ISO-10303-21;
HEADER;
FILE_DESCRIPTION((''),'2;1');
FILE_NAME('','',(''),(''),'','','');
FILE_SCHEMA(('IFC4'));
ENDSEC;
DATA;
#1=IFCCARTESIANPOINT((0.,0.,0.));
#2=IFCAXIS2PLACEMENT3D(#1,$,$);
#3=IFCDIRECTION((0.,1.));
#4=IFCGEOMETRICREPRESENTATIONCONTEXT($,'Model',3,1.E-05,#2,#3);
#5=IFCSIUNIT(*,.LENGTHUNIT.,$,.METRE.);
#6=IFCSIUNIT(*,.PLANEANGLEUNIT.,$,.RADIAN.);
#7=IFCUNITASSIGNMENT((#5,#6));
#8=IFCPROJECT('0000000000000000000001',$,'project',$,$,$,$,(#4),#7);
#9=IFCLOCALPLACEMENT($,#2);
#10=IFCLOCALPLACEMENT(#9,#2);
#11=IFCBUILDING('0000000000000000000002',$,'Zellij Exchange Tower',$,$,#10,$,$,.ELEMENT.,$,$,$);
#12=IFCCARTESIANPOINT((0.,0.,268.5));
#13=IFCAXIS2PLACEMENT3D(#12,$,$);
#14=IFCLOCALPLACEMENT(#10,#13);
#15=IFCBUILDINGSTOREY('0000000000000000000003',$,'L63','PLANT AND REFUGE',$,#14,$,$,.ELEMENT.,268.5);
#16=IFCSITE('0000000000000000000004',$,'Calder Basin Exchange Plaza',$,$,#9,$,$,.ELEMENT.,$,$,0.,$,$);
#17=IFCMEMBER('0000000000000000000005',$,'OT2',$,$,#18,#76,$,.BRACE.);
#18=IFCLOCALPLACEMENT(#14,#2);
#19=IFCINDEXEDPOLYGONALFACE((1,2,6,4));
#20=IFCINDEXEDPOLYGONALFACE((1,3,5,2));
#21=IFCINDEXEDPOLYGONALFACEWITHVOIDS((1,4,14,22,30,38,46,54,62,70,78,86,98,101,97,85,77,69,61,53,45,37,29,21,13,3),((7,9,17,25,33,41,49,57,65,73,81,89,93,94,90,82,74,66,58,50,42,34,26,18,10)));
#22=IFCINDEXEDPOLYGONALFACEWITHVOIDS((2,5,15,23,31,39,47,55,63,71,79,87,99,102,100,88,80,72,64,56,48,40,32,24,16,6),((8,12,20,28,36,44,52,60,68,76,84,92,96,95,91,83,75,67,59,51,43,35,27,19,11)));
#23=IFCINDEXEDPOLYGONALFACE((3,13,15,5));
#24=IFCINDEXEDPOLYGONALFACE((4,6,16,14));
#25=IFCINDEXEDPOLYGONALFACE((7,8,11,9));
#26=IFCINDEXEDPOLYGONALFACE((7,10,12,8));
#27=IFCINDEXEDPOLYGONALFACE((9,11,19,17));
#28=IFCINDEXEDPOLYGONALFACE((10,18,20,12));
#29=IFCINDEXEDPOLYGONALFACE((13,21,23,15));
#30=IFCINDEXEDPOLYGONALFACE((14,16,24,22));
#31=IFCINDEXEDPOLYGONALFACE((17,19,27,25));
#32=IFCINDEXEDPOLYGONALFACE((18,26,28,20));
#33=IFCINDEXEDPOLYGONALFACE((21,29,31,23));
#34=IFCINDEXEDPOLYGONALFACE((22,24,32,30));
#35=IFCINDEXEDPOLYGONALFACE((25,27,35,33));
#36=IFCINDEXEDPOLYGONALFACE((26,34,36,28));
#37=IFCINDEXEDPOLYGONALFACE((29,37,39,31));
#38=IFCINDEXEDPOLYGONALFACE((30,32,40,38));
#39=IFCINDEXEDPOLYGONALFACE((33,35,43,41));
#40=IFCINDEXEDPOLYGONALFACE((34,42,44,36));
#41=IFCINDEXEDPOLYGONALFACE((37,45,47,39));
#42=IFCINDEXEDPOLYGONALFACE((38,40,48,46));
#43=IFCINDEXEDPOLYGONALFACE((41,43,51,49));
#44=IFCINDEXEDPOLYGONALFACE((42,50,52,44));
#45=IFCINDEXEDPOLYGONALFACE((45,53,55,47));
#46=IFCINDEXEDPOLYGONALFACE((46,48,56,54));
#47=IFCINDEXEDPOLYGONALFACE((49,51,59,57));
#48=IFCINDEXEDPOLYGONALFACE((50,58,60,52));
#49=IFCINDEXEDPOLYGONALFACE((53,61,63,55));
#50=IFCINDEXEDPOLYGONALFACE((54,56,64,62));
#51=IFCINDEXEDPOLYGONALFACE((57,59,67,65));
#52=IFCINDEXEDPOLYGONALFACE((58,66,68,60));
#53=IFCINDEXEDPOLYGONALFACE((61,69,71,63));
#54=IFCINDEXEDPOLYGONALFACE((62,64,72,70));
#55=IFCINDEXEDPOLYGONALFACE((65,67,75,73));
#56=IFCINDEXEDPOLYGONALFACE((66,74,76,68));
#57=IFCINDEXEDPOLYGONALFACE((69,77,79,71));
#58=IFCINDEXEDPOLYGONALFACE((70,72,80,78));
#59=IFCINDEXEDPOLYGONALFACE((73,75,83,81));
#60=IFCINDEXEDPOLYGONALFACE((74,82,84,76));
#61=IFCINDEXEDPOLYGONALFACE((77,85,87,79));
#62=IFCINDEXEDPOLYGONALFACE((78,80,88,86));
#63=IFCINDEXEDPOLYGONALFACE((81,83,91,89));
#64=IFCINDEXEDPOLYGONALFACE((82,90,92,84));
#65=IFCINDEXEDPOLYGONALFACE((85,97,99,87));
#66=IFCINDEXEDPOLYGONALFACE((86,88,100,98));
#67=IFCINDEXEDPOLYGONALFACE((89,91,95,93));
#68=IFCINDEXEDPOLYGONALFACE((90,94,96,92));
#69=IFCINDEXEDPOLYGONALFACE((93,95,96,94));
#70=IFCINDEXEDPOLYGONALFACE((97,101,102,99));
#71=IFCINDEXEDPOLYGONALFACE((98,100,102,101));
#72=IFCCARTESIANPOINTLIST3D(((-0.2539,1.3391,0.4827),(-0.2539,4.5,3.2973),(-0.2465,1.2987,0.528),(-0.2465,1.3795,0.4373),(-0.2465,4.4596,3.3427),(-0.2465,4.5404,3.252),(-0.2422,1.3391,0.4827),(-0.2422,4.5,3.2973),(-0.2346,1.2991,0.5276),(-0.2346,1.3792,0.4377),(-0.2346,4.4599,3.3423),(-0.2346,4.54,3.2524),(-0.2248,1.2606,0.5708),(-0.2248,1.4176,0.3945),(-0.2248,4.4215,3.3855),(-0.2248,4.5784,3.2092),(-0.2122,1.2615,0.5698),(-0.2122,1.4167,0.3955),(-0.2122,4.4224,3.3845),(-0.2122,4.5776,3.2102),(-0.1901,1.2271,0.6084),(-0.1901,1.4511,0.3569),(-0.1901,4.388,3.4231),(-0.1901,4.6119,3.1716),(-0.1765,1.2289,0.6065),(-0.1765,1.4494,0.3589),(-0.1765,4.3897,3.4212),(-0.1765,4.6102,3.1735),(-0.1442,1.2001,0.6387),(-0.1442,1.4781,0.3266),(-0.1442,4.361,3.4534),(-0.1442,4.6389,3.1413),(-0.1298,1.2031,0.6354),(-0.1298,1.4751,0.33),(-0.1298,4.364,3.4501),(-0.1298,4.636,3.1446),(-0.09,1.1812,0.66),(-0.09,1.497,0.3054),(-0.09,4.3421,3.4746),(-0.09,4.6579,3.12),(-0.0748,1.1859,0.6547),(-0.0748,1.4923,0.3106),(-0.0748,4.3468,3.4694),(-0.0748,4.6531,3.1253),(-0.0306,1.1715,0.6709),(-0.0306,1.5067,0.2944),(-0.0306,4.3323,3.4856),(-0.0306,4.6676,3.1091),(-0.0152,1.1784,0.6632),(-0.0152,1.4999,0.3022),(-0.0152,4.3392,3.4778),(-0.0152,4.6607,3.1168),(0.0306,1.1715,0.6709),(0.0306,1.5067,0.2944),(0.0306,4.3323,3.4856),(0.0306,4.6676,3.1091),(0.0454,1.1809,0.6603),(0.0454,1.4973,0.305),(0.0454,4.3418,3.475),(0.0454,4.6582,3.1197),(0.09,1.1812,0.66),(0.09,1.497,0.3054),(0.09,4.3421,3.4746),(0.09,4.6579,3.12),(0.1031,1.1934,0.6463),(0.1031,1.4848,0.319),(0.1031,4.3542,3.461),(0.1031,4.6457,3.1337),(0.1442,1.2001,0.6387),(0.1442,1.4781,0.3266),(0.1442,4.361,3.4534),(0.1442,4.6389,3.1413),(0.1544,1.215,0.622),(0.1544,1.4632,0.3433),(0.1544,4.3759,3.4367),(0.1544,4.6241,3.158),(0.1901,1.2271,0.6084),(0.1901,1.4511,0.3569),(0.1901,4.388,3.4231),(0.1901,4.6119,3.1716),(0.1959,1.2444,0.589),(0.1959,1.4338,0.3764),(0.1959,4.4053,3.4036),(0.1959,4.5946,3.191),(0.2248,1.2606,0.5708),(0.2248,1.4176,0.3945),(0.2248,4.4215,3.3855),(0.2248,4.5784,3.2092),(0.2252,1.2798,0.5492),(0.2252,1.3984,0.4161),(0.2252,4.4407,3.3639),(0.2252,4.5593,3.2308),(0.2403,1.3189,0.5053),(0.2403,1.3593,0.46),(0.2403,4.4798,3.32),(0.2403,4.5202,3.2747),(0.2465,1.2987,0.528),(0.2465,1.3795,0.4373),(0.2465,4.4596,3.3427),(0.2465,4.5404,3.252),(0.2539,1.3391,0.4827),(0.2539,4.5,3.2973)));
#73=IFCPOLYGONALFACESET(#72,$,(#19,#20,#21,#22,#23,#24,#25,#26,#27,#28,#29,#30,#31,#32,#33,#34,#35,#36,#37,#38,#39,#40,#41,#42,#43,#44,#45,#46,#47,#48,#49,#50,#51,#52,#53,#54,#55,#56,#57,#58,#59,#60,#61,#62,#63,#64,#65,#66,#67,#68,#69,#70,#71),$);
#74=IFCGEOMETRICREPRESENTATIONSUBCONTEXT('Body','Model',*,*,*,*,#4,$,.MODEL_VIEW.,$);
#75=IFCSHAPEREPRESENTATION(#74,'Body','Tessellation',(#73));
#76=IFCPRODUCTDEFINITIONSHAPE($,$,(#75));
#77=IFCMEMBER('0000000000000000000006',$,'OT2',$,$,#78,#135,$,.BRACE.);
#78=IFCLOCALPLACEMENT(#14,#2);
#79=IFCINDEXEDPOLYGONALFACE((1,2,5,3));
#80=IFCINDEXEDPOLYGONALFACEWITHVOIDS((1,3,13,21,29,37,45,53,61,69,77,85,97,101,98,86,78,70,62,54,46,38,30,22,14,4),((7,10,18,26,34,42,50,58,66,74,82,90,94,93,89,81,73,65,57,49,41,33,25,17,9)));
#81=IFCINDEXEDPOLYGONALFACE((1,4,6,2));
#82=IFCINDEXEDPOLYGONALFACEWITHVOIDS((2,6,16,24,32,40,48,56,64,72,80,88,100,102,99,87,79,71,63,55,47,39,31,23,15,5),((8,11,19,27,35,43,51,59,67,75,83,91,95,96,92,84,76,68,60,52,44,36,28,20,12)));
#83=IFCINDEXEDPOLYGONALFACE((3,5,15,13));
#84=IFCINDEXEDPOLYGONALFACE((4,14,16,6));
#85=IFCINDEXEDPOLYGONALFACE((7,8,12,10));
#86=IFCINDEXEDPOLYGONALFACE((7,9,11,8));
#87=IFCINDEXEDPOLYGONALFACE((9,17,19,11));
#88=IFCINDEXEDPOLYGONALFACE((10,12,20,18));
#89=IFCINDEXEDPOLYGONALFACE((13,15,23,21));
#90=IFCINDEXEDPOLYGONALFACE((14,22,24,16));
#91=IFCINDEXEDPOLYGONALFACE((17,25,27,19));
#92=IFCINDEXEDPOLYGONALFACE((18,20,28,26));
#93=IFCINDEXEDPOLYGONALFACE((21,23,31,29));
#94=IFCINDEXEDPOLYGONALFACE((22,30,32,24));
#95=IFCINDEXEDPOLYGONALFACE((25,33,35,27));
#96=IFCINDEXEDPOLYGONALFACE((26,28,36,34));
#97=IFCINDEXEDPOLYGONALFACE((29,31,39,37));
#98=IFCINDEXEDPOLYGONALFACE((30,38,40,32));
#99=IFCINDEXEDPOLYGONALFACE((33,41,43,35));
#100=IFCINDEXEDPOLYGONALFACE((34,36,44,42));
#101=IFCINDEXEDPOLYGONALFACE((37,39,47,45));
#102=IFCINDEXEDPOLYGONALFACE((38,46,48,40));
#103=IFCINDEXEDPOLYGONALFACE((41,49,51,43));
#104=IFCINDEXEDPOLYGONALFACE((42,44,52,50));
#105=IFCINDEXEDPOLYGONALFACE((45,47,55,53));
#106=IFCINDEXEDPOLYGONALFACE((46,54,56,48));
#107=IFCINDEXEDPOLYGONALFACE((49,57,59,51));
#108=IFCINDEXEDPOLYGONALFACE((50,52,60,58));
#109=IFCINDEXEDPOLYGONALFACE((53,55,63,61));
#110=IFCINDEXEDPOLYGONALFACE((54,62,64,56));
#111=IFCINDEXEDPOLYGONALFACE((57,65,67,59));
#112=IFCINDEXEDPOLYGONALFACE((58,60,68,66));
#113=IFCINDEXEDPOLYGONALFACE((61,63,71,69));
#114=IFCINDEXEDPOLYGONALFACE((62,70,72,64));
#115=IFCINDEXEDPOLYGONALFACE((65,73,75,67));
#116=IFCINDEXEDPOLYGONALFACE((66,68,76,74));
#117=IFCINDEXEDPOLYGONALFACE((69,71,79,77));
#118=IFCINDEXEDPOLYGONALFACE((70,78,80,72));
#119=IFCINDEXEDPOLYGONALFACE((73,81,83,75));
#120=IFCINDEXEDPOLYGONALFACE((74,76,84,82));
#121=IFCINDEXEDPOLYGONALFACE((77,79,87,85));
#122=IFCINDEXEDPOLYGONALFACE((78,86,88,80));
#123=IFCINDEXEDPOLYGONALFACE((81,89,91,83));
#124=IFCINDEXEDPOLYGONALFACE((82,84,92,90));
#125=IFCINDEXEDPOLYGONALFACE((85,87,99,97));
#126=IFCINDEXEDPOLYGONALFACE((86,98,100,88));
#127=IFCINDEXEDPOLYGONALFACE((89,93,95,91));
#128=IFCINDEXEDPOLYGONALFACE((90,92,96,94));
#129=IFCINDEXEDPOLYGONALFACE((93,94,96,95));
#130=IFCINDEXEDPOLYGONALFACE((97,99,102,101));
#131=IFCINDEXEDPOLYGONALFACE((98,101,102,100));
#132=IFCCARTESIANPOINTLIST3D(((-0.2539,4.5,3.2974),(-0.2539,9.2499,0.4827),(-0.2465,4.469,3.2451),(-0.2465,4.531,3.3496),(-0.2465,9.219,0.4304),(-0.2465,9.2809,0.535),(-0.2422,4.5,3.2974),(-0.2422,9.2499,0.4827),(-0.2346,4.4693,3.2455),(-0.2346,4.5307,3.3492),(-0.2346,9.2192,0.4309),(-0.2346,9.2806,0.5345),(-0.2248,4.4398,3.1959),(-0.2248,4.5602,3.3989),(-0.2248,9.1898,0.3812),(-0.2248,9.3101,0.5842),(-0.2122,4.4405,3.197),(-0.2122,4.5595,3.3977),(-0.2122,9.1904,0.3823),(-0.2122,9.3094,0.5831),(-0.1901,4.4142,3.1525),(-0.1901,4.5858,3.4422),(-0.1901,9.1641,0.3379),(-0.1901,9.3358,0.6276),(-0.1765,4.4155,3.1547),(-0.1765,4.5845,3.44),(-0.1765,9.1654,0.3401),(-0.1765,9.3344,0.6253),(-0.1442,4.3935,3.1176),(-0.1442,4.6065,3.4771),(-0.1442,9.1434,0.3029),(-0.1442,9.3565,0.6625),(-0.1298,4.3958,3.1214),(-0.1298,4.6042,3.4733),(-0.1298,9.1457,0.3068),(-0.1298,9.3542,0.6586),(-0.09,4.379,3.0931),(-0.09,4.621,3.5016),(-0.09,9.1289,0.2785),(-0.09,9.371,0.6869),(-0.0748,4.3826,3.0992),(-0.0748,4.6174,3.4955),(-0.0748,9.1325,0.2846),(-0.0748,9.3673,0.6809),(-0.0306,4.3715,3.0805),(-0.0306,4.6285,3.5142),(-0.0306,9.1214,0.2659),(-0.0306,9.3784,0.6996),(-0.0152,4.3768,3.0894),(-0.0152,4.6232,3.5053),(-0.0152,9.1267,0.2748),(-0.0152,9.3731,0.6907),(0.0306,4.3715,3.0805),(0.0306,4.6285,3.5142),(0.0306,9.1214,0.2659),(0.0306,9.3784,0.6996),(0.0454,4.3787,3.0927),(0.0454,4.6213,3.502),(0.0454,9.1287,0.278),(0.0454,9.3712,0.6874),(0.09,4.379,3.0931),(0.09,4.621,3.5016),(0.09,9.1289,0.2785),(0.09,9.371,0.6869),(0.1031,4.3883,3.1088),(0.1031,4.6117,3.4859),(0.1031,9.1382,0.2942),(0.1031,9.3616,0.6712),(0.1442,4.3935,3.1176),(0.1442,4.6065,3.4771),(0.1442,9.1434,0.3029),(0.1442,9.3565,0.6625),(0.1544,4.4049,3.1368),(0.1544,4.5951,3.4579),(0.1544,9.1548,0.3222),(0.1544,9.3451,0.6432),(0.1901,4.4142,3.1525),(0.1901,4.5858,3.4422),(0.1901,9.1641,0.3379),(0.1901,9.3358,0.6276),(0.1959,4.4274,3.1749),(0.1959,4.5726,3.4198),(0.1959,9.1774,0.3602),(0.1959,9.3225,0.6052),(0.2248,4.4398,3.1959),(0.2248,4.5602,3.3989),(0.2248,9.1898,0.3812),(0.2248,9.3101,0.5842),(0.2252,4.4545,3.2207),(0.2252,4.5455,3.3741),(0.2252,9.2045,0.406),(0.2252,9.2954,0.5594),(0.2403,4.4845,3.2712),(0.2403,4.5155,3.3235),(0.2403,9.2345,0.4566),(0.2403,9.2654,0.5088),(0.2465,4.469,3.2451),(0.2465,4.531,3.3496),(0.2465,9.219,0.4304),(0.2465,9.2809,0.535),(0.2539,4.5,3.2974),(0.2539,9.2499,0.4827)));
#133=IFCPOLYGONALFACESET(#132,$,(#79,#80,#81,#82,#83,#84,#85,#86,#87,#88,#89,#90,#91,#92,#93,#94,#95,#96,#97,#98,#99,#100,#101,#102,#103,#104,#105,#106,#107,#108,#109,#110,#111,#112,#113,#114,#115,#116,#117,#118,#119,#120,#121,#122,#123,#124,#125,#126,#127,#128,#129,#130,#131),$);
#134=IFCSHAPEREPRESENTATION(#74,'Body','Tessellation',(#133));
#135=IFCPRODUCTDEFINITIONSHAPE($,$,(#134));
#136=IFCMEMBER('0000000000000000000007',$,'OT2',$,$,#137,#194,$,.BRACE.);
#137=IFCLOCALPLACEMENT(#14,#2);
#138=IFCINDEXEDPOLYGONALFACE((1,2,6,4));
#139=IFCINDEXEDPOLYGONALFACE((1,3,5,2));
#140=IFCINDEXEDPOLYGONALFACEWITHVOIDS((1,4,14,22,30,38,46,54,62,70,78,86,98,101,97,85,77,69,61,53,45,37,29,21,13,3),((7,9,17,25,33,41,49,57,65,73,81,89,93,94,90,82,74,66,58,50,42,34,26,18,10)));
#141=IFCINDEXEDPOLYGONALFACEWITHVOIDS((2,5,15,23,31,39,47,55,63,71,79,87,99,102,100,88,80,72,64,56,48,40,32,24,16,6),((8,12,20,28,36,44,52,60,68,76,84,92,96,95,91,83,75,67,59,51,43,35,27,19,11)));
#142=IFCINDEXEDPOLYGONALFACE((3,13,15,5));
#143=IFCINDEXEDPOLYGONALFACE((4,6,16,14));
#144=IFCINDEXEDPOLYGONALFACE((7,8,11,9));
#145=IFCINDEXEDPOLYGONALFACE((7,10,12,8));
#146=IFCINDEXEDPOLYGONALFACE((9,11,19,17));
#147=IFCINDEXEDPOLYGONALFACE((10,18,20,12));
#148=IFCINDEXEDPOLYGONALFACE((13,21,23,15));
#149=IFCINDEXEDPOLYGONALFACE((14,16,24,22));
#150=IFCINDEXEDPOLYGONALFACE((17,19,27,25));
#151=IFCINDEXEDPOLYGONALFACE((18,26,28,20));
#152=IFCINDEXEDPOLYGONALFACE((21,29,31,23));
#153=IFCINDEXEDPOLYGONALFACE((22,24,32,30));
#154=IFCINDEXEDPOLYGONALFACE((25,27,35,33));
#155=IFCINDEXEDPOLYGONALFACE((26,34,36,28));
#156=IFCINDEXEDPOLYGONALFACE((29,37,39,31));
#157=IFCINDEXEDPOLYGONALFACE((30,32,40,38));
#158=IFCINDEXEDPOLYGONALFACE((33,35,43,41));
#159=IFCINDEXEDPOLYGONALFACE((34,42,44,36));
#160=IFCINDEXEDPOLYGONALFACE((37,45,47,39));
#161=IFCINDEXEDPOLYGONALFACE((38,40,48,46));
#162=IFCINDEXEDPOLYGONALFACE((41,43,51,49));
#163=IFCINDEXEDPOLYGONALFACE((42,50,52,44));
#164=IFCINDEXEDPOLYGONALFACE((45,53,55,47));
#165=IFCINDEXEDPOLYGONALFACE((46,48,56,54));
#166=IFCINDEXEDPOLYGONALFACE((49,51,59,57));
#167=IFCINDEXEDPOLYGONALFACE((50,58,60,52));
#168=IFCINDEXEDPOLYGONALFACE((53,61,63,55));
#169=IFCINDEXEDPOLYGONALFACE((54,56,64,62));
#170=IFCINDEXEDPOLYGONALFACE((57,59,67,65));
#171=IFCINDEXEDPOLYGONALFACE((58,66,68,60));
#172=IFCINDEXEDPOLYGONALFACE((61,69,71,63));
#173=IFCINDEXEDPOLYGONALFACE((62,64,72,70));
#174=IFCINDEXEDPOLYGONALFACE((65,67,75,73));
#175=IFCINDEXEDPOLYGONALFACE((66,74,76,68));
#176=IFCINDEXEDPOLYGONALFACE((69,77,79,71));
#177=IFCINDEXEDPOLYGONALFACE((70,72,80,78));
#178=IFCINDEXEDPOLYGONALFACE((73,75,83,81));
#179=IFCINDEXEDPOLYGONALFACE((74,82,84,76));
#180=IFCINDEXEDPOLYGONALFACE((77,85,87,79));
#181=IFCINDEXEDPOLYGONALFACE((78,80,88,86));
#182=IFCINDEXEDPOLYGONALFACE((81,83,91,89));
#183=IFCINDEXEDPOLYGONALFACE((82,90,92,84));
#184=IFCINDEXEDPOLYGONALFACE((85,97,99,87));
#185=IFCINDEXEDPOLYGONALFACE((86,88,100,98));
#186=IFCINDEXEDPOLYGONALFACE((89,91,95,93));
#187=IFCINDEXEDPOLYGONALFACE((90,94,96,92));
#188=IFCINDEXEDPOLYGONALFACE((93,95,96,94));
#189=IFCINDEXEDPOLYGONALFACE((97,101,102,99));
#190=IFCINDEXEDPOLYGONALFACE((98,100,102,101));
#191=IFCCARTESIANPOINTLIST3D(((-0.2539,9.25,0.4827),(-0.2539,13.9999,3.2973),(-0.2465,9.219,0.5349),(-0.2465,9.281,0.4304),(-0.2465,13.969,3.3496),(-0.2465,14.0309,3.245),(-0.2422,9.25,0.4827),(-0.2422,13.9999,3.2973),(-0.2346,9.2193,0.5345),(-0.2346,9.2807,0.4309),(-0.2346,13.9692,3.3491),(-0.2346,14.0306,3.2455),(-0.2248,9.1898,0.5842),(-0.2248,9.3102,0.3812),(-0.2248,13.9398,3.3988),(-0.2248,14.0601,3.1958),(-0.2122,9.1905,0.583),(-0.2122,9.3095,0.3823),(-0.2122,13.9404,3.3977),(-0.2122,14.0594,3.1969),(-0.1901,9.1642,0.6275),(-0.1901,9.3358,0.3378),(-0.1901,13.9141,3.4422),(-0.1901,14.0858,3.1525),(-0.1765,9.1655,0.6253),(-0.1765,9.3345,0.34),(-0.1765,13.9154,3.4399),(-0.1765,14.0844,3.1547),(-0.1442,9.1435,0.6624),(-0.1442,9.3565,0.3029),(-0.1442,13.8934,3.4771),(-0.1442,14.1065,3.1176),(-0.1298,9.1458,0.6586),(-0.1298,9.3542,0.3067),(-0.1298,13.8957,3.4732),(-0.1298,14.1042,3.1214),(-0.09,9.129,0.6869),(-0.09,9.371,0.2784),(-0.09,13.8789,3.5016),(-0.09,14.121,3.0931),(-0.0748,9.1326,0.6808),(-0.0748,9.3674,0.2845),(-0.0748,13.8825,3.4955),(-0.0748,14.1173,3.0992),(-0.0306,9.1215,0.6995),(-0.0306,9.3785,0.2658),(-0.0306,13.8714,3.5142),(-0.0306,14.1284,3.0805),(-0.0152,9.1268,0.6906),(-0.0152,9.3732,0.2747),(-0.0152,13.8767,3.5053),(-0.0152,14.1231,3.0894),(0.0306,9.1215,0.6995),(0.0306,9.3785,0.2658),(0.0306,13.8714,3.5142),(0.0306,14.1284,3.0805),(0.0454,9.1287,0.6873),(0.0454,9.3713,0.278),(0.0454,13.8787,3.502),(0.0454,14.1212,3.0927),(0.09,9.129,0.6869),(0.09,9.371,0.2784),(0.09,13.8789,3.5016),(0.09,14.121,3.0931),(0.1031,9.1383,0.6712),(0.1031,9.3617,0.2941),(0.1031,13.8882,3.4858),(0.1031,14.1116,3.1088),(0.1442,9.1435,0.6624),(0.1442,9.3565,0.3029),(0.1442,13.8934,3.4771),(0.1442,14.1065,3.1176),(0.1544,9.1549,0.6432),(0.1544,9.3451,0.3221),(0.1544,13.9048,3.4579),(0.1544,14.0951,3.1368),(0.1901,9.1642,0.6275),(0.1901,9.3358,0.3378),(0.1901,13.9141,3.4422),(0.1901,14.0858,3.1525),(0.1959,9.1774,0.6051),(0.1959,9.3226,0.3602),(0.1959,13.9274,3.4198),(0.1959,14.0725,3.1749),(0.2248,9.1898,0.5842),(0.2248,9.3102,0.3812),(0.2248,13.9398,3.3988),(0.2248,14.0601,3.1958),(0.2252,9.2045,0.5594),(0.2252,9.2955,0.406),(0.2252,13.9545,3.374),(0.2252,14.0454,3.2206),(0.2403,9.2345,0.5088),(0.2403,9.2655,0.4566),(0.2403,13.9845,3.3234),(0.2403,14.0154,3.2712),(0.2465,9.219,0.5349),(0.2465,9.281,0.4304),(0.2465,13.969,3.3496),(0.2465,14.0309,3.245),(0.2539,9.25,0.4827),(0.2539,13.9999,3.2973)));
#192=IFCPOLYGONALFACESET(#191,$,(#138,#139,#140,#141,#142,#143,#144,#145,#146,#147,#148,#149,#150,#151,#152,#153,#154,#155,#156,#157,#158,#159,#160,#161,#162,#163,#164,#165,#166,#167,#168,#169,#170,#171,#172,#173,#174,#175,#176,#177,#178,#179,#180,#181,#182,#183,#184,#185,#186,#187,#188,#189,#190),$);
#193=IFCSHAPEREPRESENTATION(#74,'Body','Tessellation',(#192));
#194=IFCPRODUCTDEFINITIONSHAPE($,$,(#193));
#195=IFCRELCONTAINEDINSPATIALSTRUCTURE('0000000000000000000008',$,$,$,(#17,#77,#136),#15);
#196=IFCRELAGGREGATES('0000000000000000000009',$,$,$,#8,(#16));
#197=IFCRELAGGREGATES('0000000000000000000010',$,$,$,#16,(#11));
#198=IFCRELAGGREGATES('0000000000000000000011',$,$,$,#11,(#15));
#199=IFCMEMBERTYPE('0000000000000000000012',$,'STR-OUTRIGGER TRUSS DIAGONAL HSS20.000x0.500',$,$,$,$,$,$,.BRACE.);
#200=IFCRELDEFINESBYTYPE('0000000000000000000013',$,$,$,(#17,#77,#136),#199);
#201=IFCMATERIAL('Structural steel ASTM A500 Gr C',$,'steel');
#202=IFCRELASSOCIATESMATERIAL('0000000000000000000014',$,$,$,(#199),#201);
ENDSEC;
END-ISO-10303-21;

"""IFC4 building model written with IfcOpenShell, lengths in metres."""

from ifc_helpers import new_model, si_unit, direction, frame, origin, origin_2d, place, context, subcontext, project, spatial, hollow_circle, extrude, material, material_profile, profile_set, type_object, element, save


model = new_model("IFC4")

# Units and contexts
model_context = context("Model", 3, precision=1e-05, world=origin(), true_north=direction((0.0, 1.0)))
body_context = subcontext(model_context, "Body", "Model", "MODEL_VIEW")
ifc_project = project(units=[si_unit("LENGTHUNIT", "METRE"), si_unit("PLANEANGLEUNIT", "RADIAN")], contexts=[model_context])

# Site, building, storey
site_placement = place(None, origin())
site = spatial("IfcSite", under=ifc_project, at=site_placement, Name="Calder Basin Exchange Plaza", CompositionType="ELEMENT", RefElevation=0.0)
building_placement = place(site_placement, origin())
building = spatial("IfcBuilding", under=site, at=building_placement, Name="Zellij Exchange Tower", CompositionType="ELEMENT")
storey_placement = place(building_placement, frame((0.0, 0.0, 268.5)))
storey = spatial("IfcBuildingStorey", under=building, at=storey_placement, Name="L63", Description="PLANT AND REFUGE", CompositionType="ELEMENT", Elevation=268.5)

# Members
ifc_material_1 = material(Name="Structural steel ASTM A500 Gr C", Category="steel")
ifc_material_profile_1 = material_profile(ifc_material_1, hollow_circle(Radius=0.2539, WallThickness=0.0117, at=origin_2d()), Name="STR-OUTRIGGER TRUSS DIAGONAL HSS20.000x0.500")
ifc_profile_set_1 = profile_set([ifc_material_profile_1], Name="Structural steel ASTM A500 Gr C")
member_type_1 = type_object("IfcMemberType", Name="STR-OUTRIGGER TRUSS DIAGONAL HSS20.000x0.500", PredefinedType="BRACE", material=ifc_profile_set_1)
member_1_placement = place(storey_placement, frame((0.0, 1.3391, 0.4827), z_axis=(0.0, 0.74682, 0.665026), x_axis=(-1.0, 0.0, 0.0)))
element("IfcMember", 1, at=member_1_placement, inside=storey, type_object=member_type_1, Name="OT2", PredefinedType="BRACE", context=body_context, shape_type="SweptSolid", body=[
    extrude(hollow_circle(Radius=0.2539, WallThickness=0.0117, at=origin_2d()), origin(), (0.0, 0.0, 1.0), 4.2324),
])
for number, where, z_axis, x_axis, name in (
    (2, (0.0, 4.5, 3.2974), (0.0, 0.860301, -0.509787), (-1.0, 0.0, 0.0), "OT2"),
    (3, (0.0, 9.25, 0.4827), (0.0, 0.860301, 0.509787), (-1.0, 0.0, 0.0), "OT2"),
):
    element("IfcMember", number, at=place(storey_placement, frame(where, z_axis=z_axis, x_axis=x_axis)), inside=storey, type_object=member_type_1, Name=name, PredefinedType="BRACE", context=body_context, shape_type="SweptSolid", body=[
        extrude(hollow_circle(Radius=0.2539, WallThickness=0.0117, at=origin_2d()), origin(), (0.0, 0.0, 1.0), 5.5212),
    ])

save(model, "model.ifc")
